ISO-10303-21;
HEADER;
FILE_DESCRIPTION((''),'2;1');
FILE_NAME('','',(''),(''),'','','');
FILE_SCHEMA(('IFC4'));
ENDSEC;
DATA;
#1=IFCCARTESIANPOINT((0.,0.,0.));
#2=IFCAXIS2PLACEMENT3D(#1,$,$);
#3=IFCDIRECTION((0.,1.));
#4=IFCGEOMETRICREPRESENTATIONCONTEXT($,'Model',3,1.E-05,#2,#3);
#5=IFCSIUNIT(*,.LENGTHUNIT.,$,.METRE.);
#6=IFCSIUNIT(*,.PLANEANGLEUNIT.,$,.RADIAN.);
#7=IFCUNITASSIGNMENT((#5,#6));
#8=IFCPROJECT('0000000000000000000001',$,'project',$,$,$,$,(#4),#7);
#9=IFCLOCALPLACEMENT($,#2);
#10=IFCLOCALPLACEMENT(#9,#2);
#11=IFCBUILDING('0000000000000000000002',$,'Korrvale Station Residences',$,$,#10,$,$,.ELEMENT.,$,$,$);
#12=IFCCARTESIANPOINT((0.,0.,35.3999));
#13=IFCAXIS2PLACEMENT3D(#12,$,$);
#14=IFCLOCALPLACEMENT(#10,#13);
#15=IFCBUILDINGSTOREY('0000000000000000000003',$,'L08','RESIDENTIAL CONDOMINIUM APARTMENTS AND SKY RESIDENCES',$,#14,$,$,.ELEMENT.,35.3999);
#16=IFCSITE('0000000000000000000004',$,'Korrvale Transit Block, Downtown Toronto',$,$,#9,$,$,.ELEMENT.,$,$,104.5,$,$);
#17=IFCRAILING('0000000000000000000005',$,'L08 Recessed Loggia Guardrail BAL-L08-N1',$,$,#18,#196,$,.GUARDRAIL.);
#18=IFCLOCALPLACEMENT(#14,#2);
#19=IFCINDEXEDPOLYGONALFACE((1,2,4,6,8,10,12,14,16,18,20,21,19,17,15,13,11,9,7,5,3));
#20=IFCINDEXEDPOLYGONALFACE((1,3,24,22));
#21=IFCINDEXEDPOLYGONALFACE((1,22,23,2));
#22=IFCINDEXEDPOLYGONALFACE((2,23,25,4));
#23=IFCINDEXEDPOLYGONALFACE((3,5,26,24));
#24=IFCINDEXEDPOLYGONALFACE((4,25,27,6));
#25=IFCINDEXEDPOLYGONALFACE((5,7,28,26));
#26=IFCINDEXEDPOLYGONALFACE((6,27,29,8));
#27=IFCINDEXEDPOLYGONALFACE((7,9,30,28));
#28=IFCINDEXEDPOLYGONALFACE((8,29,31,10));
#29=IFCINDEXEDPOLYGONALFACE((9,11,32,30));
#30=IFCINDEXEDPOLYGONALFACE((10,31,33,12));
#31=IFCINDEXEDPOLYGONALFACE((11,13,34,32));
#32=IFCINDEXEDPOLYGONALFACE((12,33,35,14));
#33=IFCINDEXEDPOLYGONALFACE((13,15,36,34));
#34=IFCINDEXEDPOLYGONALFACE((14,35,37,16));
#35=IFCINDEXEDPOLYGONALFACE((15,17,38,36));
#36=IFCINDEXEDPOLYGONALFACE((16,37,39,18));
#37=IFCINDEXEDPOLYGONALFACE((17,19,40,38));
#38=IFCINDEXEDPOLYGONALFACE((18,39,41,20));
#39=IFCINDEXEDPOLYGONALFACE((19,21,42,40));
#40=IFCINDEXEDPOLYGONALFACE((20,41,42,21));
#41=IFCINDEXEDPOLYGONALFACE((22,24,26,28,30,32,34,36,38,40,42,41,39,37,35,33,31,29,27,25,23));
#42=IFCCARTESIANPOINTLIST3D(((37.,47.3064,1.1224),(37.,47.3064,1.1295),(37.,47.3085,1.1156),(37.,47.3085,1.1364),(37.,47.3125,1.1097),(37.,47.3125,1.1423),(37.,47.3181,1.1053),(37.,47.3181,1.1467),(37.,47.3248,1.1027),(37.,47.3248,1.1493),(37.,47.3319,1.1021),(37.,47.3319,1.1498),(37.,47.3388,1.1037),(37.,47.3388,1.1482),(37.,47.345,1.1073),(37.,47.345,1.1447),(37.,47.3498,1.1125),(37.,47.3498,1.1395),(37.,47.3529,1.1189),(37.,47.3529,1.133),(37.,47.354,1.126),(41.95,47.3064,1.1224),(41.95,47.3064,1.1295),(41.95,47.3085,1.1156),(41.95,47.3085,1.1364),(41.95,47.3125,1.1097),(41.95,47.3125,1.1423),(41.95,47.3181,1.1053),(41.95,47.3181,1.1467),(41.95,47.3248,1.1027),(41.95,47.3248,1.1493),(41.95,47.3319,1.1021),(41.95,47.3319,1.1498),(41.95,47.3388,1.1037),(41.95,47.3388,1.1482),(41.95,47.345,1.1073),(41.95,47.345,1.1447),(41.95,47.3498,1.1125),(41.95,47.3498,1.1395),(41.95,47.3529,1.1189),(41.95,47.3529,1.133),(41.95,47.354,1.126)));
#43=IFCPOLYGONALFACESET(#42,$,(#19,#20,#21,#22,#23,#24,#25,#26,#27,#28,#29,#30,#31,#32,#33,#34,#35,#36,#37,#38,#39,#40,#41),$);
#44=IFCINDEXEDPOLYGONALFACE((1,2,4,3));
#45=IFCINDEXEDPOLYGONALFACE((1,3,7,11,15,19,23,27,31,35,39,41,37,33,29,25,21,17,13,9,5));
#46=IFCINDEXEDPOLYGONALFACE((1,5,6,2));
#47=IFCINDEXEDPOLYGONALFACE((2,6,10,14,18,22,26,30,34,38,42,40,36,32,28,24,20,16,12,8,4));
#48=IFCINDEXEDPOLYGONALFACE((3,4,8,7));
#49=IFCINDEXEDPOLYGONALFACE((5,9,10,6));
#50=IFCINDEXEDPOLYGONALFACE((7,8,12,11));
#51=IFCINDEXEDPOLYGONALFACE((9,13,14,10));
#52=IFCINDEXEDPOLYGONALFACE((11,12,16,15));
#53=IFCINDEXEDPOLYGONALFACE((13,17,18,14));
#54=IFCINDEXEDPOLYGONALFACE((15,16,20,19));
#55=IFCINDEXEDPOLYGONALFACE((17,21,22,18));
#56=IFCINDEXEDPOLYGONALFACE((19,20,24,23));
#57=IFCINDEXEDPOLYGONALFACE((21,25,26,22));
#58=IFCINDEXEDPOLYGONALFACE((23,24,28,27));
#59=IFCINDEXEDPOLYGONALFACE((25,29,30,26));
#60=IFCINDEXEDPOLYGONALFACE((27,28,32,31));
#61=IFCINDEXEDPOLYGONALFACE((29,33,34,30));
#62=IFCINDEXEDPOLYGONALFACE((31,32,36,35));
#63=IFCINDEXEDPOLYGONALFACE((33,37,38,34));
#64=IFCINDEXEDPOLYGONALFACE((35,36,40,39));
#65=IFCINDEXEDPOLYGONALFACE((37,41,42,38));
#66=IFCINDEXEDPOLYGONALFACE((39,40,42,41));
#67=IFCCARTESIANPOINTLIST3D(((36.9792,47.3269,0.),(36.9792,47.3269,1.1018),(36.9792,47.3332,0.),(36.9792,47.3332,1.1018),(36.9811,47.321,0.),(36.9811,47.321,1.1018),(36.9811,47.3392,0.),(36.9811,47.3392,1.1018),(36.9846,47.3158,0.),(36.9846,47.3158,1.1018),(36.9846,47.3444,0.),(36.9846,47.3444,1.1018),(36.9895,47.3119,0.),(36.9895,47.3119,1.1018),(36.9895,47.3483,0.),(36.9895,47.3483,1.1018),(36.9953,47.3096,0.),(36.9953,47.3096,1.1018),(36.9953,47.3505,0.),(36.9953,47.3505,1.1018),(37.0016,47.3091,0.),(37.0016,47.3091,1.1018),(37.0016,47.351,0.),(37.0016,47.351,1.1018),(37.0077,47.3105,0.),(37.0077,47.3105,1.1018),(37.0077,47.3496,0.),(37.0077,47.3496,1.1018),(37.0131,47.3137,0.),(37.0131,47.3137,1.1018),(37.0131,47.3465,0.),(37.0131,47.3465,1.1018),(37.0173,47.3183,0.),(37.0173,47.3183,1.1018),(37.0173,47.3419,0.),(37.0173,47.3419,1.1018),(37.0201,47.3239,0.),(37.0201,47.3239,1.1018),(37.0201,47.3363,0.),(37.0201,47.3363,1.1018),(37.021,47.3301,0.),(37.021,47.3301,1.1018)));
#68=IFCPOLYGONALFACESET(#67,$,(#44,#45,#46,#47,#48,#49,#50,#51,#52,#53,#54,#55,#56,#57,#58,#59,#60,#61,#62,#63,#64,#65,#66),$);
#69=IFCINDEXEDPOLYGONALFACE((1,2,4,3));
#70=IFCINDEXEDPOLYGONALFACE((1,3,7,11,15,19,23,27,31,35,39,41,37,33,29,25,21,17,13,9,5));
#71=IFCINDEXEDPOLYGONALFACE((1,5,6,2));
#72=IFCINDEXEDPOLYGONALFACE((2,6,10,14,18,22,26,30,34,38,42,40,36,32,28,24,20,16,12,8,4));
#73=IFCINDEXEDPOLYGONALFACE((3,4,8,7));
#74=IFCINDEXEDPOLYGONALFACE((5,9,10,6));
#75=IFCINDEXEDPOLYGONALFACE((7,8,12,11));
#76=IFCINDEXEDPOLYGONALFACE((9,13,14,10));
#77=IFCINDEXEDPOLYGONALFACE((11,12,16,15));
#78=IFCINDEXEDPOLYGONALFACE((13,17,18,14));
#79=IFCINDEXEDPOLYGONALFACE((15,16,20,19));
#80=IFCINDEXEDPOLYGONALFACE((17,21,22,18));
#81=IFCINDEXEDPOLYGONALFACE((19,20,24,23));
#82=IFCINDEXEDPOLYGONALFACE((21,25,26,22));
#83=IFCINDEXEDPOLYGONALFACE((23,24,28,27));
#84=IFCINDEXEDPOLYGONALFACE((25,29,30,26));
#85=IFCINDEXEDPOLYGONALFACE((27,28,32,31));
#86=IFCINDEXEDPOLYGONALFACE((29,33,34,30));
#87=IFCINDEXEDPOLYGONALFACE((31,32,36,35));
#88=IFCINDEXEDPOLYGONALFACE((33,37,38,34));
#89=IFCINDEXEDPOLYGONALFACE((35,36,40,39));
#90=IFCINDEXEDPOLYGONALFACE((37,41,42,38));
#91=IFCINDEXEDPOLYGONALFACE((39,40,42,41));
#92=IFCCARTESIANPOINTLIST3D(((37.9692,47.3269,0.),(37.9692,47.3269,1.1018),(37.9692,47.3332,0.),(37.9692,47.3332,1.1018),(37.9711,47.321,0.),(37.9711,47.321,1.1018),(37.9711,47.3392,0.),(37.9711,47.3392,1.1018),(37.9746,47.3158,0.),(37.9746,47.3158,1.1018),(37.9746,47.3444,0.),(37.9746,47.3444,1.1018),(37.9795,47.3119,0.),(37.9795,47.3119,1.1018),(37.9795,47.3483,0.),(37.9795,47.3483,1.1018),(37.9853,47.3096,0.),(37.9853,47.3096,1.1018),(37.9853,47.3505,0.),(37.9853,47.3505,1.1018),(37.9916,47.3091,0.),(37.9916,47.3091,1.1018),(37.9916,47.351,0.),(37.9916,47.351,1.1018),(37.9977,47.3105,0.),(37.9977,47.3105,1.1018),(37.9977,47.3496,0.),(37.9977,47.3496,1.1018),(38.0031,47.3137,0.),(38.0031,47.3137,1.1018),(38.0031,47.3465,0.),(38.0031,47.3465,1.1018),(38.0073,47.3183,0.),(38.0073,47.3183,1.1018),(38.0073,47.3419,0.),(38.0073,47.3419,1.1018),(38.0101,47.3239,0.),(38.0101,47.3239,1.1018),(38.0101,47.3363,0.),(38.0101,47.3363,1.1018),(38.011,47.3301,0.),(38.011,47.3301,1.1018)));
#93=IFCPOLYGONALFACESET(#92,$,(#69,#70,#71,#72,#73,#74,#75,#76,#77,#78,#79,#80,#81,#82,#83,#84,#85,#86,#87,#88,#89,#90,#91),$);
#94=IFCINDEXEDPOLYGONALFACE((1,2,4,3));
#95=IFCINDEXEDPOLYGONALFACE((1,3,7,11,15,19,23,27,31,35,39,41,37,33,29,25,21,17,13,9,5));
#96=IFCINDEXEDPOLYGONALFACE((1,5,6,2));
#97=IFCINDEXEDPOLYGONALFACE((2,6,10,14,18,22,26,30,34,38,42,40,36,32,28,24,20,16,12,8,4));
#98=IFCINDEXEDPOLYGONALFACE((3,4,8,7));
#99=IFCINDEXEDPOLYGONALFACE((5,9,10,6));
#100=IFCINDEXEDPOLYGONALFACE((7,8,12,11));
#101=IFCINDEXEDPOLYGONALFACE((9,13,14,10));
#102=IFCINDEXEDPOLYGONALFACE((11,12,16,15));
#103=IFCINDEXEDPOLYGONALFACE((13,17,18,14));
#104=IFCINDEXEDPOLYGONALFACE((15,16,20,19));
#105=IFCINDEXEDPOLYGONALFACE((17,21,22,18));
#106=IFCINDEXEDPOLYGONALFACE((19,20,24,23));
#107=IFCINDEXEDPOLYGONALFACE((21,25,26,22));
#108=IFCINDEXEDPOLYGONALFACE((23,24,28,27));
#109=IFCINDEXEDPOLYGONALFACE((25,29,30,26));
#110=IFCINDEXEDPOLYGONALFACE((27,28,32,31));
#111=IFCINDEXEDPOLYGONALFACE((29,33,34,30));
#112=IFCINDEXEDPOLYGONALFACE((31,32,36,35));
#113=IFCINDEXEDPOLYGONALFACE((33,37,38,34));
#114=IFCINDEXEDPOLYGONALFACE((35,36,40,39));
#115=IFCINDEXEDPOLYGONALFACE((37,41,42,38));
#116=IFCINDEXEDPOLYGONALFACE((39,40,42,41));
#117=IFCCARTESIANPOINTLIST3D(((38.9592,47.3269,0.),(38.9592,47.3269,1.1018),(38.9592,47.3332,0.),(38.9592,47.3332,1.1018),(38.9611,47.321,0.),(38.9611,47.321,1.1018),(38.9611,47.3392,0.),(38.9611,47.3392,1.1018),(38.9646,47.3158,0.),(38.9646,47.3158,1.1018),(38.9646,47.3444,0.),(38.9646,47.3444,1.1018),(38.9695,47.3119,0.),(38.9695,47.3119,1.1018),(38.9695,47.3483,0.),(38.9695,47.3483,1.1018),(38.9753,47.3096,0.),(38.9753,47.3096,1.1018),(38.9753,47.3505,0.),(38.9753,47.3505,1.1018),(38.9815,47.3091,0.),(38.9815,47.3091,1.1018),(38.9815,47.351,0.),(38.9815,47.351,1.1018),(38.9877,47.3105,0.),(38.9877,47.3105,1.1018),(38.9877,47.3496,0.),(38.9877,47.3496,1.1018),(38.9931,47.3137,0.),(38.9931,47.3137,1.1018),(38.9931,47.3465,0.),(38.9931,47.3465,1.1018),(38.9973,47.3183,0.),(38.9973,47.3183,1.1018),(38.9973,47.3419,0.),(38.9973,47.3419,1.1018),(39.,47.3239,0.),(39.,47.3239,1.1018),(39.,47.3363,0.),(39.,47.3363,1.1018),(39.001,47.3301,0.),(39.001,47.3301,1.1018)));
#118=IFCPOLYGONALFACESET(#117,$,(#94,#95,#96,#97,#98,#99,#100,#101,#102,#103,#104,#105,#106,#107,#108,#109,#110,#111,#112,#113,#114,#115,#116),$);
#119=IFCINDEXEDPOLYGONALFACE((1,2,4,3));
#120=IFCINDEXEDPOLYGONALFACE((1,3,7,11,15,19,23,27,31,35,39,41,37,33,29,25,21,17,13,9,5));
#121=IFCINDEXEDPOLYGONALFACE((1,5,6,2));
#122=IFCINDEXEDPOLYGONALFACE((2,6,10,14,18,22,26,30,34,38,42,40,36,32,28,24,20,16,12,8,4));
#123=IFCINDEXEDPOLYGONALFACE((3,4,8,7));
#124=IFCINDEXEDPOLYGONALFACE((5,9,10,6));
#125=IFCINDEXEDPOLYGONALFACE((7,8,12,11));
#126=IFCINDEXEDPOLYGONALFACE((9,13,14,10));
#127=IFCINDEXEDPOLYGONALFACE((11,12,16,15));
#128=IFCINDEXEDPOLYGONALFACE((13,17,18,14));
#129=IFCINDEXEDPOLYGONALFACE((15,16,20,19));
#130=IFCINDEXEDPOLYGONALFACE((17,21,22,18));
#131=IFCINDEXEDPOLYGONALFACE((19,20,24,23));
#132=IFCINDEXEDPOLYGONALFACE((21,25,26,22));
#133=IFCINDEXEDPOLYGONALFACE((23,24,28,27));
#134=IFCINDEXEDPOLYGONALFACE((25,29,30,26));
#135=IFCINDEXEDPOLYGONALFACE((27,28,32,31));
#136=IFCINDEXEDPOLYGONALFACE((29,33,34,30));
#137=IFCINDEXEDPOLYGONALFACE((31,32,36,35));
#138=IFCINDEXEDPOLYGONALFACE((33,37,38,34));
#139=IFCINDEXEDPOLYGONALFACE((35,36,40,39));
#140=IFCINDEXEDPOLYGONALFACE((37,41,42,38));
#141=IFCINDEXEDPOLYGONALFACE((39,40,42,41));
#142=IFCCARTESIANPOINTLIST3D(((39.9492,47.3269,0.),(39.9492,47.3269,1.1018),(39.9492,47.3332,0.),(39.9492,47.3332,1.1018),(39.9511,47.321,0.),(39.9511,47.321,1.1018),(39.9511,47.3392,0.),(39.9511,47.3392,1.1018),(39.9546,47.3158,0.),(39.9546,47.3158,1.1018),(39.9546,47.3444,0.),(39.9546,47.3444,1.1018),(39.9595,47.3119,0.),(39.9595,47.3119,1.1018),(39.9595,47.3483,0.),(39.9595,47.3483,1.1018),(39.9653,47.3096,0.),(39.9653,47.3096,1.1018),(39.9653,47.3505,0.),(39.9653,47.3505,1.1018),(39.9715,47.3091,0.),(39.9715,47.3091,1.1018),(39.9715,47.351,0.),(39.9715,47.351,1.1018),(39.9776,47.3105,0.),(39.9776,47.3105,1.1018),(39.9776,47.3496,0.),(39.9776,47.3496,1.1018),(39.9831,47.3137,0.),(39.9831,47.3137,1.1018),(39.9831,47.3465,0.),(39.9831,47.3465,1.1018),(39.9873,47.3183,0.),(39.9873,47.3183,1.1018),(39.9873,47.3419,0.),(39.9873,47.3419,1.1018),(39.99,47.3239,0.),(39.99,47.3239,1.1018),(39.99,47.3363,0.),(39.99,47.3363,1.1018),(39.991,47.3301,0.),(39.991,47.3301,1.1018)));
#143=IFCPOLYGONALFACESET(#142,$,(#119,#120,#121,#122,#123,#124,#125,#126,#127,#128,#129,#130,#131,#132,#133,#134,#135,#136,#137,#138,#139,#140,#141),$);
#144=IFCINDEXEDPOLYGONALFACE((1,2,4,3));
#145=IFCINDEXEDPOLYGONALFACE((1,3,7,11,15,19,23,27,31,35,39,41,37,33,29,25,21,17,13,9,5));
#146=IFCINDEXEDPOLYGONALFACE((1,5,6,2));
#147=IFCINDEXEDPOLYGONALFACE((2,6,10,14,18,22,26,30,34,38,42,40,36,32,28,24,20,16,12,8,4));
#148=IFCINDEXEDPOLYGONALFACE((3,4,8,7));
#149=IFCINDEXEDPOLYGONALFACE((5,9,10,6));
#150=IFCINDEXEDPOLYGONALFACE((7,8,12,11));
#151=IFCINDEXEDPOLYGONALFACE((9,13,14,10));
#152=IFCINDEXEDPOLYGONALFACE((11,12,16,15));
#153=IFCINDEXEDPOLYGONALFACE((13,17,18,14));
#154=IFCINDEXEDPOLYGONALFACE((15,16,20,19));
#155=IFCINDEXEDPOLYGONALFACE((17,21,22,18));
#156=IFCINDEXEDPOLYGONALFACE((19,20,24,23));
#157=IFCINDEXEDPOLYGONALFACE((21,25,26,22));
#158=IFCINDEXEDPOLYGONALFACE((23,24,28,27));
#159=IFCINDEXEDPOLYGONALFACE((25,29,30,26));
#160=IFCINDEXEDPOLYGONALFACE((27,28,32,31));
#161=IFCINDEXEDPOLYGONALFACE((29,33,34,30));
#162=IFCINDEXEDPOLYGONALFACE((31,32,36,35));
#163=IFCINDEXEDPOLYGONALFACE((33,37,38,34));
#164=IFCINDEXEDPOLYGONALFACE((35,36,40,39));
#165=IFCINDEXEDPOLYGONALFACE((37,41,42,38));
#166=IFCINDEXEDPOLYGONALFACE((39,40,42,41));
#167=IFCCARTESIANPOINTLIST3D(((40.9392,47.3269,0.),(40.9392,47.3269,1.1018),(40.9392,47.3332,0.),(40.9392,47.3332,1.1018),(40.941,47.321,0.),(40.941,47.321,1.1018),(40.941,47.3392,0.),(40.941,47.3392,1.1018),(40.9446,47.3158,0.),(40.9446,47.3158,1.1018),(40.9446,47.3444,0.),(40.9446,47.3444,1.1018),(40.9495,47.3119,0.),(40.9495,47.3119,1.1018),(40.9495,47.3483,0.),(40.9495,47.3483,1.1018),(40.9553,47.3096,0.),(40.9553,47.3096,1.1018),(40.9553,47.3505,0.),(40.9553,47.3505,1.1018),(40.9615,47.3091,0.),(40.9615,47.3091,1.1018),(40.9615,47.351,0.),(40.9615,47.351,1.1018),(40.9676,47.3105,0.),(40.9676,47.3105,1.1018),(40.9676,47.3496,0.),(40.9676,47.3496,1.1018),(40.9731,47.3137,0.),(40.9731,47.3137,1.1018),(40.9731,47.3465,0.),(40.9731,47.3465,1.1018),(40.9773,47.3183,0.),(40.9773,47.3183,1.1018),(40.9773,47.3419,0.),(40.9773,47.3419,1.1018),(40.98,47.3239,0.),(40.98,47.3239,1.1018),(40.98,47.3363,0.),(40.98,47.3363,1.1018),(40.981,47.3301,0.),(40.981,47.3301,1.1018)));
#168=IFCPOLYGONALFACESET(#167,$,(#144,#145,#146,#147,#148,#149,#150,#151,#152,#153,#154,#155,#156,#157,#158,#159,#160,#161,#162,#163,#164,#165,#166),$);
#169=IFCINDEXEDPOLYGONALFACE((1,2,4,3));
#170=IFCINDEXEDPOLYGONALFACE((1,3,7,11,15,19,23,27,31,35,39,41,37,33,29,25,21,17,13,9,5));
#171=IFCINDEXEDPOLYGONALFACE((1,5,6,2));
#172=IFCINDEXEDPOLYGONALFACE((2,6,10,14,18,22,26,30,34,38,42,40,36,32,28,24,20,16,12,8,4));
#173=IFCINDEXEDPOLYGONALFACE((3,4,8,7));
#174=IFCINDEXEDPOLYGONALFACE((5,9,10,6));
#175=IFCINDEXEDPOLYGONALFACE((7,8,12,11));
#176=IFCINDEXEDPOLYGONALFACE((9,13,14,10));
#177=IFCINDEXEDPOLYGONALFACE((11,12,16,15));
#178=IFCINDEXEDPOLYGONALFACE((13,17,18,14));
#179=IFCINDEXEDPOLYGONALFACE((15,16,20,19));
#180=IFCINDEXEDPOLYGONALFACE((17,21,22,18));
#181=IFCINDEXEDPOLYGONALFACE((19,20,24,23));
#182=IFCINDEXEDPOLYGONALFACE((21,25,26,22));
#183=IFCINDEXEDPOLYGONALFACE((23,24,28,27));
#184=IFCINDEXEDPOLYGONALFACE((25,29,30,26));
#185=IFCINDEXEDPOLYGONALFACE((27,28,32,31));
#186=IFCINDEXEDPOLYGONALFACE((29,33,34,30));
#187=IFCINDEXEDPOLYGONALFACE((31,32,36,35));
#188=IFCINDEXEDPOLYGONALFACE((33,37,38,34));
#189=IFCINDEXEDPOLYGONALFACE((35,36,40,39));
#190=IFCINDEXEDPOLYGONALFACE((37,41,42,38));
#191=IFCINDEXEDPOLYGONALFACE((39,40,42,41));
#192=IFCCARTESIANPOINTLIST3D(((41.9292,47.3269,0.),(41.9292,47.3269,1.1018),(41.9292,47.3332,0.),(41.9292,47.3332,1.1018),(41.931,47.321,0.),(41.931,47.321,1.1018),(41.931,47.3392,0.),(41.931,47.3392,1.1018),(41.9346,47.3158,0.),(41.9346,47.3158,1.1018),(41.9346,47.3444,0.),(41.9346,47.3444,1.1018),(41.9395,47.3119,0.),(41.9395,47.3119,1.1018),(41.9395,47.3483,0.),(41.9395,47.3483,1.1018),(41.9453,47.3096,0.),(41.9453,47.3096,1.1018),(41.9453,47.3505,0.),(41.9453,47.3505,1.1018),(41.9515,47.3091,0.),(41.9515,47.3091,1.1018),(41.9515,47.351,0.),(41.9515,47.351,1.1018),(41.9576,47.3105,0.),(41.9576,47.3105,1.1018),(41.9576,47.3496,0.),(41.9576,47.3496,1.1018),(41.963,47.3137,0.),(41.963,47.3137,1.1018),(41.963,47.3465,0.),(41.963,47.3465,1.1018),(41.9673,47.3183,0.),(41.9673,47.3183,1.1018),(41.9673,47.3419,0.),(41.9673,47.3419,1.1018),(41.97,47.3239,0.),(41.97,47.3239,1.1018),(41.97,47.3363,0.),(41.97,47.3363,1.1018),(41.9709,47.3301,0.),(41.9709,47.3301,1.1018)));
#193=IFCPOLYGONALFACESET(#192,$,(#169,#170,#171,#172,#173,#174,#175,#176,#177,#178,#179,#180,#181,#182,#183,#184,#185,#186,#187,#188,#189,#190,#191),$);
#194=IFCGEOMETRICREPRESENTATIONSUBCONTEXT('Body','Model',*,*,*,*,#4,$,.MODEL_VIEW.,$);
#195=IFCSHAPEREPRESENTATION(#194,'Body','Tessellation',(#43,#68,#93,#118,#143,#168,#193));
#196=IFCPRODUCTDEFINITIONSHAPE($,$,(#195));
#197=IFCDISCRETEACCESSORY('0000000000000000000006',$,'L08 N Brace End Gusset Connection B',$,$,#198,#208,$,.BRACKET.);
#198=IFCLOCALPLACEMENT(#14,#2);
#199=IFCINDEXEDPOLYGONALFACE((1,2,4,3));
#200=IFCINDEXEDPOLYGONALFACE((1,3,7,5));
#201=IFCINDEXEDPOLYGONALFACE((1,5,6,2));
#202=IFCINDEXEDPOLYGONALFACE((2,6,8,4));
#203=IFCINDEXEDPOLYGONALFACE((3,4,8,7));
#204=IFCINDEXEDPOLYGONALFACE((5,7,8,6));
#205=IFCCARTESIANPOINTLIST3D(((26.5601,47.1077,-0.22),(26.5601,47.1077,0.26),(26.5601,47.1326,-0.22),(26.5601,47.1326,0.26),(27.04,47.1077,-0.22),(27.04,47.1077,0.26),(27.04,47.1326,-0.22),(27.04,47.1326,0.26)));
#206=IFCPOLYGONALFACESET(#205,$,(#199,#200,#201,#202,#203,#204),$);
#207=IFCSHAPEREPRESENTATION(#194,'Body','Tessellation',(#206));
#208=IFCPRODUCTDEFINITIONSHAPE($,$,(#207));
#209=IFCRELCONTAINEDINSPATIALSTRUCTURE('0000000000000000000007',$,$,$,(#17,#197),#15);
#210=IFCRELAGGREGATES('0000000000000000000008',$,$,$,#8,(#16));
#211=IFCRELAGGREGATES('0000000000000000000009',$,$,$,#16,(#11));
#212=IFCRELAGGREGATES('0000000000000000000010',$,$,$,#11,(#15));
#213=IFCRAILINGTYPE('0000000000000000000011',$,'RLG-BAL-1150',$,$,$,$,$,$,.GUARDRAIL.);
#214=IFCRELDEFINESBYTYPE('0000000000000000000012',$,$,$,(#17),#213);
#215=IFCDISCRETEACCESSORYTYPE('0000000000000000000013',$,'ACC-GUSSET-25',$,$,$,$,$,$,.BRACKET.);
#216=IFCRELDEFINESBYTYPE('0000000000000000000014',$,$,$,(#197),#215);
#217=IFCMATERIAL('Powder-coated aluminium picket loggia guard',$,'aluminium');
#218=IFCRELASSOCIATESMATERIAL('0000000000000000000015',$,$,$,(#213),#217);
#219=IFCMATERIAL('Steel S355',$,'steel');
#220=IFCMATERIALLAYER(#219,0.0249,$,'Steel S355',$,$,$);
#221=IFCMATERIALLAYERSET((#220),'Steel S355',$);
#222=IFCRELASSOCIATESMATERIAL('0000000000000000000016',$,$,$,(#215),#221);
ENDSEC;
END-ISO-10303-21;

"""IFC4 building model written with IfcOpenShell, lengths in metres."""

from ifc_helpers import new_model, si_unit, direction, frame, origin, origin_2d, place, context, subcontext, project, spatial, rectangle, circle, extrude, material, layer, layer_set, type_object, element, save


model = new_model("IFC4")

# Units and contexts
model_context = context("Model", 3, precision=1e-05, world=origin(), true_north=direction((0.0, 1.0)))
body_context = subcontext(model_context, "Body", "Model", "MODEL_VIEW")
ifc_project = project(units=[si_unit("LENGTHUNIT", "METRE"), si_unit("PLANEANGLEUNIT", "RADIAN")], contexts=[model_context])

# Site, building, storey
site_placement = place(None, origin())
site = spatial("IfcSite", under=ifc_project, at=site_placement, Name="Korrvale Transit Block, Downtown Toronto", CompositionType="ELEMENT", RefElevation=104.5)
building_placement = place(site_placement, origin())
building = spatial("IfcBuilding", under=site, at=building_placement, Name="Korrvale Station Residences", CompositionType="ELEMENT")
storey_placement = place(building_placement, frame((0.0, 0.0, 35.3999)))
storey = spatial("IfcBuildingStorey", under=building, at=storey_placement, Name="L08", Description="RESIDENTIAL CONDOMINIUM APARTMENTS AND SKY RESIDENCES", CompositionType="ELEMENT", Elevation=35.3999)

# Shared definitions
ifc_material_1 = material(Name="Steel S355", Category="steel")

# Railing
ifc_material_2 = material(Name="Powder-coated aluminium picket loggia guard", Category="aluminium")
railing_type = type_object("IfcRailingType", Name="RLG-BAL-1150", PredefinedType="GUARDRAIL", material=ifc_material_2)
railing_placement = place(storey_placement, frame((37.0, 47.3301, 0.0)))
element("IfcRailing", 1, at=railing_placement, inside=storey, type_object=railing_type, Name="L08 Recessed Loggia Guardrail BAL-L08-N1", PredefinedType="GUARDRAIL", context=body_context, shape_type="SweptSolid", body=[
    extrude(circle(Radius=0.0239, at=origin_2d()), frame((0.0, 0.0, 1.126), z_axis=(1.0, 0.0, 0.0), x_axis=(0.0, 1.0, 0.0)), (0.0, 0.0, 1.0), 4.95),
    extrude(circle(Radius=0.021, at=origin_2d()), origin(), (0.0, 0.0, 1.0), 1.1018),
    extrude(circle(Radius=0.021, at=origin_2d()), frame((0.99, 0.0, 0.0)), (0.0, 0.0, 1.0), 1.1018),
    extrude(circle(Radius=0.021, at=origin_2d()), frame((1.98, 0.0, 0.0)), (0.0, 0.0, 1.0), 1.1018),
    extrude(circle(Radius=0.021, at=origin_2d()), frame((2.97, 0.0, 0.0)), (0.0, 0.0, 1.0), 1.1018),
    extrude(circle(Radius=0.021, at=origin_2d()), frame((3.96, 0.0, 0.0)), (0.0, 0.0, 1.0), 1.1018),
    extrude(circle(Radius=0.021, at=origin_2d()), frame((4.95, 0.0, 0.0)), (0.0, 0.0, 1.0), 1.1018),
])

# Discrete accessory
ifc_layer_1 = layer(ifc_material_1, 0.0249, Name="Steel S355")
ifc_layer_set_1 = layer_set([ifc_layer_1], Name="Steel S355")
discrete_accessory_type = type_object("IfcDiscreteAccessoryType", Name="ACC-GUSSET-25", PredefinedType="BRACKET", material=ifc_layer_set_1)
discrete_accessory_placement = place(storey_placement, frame((26.8, 47.1201, -0.22), z_axis=(0.0, 0.0, 1.0), x_axis=(1.0, 0.0, 0.0)))
element("IfcDiscreteAccessory", 2, at=discrete_accessory_placement, inside=storey, type_object=discrete_accessory_type, Name="L08 N Brace End Gusset Connection B", PredefinedType="BRACKET", context=body_context, shape_type="SweptSolid", body=[
    extrude(rectangle(XDim=0.48, YDim=0.0249, at=origin_2d()), origin(), (0.0, 0.0, 1.0), 0.48),
])

save(model, "model.ifc")
